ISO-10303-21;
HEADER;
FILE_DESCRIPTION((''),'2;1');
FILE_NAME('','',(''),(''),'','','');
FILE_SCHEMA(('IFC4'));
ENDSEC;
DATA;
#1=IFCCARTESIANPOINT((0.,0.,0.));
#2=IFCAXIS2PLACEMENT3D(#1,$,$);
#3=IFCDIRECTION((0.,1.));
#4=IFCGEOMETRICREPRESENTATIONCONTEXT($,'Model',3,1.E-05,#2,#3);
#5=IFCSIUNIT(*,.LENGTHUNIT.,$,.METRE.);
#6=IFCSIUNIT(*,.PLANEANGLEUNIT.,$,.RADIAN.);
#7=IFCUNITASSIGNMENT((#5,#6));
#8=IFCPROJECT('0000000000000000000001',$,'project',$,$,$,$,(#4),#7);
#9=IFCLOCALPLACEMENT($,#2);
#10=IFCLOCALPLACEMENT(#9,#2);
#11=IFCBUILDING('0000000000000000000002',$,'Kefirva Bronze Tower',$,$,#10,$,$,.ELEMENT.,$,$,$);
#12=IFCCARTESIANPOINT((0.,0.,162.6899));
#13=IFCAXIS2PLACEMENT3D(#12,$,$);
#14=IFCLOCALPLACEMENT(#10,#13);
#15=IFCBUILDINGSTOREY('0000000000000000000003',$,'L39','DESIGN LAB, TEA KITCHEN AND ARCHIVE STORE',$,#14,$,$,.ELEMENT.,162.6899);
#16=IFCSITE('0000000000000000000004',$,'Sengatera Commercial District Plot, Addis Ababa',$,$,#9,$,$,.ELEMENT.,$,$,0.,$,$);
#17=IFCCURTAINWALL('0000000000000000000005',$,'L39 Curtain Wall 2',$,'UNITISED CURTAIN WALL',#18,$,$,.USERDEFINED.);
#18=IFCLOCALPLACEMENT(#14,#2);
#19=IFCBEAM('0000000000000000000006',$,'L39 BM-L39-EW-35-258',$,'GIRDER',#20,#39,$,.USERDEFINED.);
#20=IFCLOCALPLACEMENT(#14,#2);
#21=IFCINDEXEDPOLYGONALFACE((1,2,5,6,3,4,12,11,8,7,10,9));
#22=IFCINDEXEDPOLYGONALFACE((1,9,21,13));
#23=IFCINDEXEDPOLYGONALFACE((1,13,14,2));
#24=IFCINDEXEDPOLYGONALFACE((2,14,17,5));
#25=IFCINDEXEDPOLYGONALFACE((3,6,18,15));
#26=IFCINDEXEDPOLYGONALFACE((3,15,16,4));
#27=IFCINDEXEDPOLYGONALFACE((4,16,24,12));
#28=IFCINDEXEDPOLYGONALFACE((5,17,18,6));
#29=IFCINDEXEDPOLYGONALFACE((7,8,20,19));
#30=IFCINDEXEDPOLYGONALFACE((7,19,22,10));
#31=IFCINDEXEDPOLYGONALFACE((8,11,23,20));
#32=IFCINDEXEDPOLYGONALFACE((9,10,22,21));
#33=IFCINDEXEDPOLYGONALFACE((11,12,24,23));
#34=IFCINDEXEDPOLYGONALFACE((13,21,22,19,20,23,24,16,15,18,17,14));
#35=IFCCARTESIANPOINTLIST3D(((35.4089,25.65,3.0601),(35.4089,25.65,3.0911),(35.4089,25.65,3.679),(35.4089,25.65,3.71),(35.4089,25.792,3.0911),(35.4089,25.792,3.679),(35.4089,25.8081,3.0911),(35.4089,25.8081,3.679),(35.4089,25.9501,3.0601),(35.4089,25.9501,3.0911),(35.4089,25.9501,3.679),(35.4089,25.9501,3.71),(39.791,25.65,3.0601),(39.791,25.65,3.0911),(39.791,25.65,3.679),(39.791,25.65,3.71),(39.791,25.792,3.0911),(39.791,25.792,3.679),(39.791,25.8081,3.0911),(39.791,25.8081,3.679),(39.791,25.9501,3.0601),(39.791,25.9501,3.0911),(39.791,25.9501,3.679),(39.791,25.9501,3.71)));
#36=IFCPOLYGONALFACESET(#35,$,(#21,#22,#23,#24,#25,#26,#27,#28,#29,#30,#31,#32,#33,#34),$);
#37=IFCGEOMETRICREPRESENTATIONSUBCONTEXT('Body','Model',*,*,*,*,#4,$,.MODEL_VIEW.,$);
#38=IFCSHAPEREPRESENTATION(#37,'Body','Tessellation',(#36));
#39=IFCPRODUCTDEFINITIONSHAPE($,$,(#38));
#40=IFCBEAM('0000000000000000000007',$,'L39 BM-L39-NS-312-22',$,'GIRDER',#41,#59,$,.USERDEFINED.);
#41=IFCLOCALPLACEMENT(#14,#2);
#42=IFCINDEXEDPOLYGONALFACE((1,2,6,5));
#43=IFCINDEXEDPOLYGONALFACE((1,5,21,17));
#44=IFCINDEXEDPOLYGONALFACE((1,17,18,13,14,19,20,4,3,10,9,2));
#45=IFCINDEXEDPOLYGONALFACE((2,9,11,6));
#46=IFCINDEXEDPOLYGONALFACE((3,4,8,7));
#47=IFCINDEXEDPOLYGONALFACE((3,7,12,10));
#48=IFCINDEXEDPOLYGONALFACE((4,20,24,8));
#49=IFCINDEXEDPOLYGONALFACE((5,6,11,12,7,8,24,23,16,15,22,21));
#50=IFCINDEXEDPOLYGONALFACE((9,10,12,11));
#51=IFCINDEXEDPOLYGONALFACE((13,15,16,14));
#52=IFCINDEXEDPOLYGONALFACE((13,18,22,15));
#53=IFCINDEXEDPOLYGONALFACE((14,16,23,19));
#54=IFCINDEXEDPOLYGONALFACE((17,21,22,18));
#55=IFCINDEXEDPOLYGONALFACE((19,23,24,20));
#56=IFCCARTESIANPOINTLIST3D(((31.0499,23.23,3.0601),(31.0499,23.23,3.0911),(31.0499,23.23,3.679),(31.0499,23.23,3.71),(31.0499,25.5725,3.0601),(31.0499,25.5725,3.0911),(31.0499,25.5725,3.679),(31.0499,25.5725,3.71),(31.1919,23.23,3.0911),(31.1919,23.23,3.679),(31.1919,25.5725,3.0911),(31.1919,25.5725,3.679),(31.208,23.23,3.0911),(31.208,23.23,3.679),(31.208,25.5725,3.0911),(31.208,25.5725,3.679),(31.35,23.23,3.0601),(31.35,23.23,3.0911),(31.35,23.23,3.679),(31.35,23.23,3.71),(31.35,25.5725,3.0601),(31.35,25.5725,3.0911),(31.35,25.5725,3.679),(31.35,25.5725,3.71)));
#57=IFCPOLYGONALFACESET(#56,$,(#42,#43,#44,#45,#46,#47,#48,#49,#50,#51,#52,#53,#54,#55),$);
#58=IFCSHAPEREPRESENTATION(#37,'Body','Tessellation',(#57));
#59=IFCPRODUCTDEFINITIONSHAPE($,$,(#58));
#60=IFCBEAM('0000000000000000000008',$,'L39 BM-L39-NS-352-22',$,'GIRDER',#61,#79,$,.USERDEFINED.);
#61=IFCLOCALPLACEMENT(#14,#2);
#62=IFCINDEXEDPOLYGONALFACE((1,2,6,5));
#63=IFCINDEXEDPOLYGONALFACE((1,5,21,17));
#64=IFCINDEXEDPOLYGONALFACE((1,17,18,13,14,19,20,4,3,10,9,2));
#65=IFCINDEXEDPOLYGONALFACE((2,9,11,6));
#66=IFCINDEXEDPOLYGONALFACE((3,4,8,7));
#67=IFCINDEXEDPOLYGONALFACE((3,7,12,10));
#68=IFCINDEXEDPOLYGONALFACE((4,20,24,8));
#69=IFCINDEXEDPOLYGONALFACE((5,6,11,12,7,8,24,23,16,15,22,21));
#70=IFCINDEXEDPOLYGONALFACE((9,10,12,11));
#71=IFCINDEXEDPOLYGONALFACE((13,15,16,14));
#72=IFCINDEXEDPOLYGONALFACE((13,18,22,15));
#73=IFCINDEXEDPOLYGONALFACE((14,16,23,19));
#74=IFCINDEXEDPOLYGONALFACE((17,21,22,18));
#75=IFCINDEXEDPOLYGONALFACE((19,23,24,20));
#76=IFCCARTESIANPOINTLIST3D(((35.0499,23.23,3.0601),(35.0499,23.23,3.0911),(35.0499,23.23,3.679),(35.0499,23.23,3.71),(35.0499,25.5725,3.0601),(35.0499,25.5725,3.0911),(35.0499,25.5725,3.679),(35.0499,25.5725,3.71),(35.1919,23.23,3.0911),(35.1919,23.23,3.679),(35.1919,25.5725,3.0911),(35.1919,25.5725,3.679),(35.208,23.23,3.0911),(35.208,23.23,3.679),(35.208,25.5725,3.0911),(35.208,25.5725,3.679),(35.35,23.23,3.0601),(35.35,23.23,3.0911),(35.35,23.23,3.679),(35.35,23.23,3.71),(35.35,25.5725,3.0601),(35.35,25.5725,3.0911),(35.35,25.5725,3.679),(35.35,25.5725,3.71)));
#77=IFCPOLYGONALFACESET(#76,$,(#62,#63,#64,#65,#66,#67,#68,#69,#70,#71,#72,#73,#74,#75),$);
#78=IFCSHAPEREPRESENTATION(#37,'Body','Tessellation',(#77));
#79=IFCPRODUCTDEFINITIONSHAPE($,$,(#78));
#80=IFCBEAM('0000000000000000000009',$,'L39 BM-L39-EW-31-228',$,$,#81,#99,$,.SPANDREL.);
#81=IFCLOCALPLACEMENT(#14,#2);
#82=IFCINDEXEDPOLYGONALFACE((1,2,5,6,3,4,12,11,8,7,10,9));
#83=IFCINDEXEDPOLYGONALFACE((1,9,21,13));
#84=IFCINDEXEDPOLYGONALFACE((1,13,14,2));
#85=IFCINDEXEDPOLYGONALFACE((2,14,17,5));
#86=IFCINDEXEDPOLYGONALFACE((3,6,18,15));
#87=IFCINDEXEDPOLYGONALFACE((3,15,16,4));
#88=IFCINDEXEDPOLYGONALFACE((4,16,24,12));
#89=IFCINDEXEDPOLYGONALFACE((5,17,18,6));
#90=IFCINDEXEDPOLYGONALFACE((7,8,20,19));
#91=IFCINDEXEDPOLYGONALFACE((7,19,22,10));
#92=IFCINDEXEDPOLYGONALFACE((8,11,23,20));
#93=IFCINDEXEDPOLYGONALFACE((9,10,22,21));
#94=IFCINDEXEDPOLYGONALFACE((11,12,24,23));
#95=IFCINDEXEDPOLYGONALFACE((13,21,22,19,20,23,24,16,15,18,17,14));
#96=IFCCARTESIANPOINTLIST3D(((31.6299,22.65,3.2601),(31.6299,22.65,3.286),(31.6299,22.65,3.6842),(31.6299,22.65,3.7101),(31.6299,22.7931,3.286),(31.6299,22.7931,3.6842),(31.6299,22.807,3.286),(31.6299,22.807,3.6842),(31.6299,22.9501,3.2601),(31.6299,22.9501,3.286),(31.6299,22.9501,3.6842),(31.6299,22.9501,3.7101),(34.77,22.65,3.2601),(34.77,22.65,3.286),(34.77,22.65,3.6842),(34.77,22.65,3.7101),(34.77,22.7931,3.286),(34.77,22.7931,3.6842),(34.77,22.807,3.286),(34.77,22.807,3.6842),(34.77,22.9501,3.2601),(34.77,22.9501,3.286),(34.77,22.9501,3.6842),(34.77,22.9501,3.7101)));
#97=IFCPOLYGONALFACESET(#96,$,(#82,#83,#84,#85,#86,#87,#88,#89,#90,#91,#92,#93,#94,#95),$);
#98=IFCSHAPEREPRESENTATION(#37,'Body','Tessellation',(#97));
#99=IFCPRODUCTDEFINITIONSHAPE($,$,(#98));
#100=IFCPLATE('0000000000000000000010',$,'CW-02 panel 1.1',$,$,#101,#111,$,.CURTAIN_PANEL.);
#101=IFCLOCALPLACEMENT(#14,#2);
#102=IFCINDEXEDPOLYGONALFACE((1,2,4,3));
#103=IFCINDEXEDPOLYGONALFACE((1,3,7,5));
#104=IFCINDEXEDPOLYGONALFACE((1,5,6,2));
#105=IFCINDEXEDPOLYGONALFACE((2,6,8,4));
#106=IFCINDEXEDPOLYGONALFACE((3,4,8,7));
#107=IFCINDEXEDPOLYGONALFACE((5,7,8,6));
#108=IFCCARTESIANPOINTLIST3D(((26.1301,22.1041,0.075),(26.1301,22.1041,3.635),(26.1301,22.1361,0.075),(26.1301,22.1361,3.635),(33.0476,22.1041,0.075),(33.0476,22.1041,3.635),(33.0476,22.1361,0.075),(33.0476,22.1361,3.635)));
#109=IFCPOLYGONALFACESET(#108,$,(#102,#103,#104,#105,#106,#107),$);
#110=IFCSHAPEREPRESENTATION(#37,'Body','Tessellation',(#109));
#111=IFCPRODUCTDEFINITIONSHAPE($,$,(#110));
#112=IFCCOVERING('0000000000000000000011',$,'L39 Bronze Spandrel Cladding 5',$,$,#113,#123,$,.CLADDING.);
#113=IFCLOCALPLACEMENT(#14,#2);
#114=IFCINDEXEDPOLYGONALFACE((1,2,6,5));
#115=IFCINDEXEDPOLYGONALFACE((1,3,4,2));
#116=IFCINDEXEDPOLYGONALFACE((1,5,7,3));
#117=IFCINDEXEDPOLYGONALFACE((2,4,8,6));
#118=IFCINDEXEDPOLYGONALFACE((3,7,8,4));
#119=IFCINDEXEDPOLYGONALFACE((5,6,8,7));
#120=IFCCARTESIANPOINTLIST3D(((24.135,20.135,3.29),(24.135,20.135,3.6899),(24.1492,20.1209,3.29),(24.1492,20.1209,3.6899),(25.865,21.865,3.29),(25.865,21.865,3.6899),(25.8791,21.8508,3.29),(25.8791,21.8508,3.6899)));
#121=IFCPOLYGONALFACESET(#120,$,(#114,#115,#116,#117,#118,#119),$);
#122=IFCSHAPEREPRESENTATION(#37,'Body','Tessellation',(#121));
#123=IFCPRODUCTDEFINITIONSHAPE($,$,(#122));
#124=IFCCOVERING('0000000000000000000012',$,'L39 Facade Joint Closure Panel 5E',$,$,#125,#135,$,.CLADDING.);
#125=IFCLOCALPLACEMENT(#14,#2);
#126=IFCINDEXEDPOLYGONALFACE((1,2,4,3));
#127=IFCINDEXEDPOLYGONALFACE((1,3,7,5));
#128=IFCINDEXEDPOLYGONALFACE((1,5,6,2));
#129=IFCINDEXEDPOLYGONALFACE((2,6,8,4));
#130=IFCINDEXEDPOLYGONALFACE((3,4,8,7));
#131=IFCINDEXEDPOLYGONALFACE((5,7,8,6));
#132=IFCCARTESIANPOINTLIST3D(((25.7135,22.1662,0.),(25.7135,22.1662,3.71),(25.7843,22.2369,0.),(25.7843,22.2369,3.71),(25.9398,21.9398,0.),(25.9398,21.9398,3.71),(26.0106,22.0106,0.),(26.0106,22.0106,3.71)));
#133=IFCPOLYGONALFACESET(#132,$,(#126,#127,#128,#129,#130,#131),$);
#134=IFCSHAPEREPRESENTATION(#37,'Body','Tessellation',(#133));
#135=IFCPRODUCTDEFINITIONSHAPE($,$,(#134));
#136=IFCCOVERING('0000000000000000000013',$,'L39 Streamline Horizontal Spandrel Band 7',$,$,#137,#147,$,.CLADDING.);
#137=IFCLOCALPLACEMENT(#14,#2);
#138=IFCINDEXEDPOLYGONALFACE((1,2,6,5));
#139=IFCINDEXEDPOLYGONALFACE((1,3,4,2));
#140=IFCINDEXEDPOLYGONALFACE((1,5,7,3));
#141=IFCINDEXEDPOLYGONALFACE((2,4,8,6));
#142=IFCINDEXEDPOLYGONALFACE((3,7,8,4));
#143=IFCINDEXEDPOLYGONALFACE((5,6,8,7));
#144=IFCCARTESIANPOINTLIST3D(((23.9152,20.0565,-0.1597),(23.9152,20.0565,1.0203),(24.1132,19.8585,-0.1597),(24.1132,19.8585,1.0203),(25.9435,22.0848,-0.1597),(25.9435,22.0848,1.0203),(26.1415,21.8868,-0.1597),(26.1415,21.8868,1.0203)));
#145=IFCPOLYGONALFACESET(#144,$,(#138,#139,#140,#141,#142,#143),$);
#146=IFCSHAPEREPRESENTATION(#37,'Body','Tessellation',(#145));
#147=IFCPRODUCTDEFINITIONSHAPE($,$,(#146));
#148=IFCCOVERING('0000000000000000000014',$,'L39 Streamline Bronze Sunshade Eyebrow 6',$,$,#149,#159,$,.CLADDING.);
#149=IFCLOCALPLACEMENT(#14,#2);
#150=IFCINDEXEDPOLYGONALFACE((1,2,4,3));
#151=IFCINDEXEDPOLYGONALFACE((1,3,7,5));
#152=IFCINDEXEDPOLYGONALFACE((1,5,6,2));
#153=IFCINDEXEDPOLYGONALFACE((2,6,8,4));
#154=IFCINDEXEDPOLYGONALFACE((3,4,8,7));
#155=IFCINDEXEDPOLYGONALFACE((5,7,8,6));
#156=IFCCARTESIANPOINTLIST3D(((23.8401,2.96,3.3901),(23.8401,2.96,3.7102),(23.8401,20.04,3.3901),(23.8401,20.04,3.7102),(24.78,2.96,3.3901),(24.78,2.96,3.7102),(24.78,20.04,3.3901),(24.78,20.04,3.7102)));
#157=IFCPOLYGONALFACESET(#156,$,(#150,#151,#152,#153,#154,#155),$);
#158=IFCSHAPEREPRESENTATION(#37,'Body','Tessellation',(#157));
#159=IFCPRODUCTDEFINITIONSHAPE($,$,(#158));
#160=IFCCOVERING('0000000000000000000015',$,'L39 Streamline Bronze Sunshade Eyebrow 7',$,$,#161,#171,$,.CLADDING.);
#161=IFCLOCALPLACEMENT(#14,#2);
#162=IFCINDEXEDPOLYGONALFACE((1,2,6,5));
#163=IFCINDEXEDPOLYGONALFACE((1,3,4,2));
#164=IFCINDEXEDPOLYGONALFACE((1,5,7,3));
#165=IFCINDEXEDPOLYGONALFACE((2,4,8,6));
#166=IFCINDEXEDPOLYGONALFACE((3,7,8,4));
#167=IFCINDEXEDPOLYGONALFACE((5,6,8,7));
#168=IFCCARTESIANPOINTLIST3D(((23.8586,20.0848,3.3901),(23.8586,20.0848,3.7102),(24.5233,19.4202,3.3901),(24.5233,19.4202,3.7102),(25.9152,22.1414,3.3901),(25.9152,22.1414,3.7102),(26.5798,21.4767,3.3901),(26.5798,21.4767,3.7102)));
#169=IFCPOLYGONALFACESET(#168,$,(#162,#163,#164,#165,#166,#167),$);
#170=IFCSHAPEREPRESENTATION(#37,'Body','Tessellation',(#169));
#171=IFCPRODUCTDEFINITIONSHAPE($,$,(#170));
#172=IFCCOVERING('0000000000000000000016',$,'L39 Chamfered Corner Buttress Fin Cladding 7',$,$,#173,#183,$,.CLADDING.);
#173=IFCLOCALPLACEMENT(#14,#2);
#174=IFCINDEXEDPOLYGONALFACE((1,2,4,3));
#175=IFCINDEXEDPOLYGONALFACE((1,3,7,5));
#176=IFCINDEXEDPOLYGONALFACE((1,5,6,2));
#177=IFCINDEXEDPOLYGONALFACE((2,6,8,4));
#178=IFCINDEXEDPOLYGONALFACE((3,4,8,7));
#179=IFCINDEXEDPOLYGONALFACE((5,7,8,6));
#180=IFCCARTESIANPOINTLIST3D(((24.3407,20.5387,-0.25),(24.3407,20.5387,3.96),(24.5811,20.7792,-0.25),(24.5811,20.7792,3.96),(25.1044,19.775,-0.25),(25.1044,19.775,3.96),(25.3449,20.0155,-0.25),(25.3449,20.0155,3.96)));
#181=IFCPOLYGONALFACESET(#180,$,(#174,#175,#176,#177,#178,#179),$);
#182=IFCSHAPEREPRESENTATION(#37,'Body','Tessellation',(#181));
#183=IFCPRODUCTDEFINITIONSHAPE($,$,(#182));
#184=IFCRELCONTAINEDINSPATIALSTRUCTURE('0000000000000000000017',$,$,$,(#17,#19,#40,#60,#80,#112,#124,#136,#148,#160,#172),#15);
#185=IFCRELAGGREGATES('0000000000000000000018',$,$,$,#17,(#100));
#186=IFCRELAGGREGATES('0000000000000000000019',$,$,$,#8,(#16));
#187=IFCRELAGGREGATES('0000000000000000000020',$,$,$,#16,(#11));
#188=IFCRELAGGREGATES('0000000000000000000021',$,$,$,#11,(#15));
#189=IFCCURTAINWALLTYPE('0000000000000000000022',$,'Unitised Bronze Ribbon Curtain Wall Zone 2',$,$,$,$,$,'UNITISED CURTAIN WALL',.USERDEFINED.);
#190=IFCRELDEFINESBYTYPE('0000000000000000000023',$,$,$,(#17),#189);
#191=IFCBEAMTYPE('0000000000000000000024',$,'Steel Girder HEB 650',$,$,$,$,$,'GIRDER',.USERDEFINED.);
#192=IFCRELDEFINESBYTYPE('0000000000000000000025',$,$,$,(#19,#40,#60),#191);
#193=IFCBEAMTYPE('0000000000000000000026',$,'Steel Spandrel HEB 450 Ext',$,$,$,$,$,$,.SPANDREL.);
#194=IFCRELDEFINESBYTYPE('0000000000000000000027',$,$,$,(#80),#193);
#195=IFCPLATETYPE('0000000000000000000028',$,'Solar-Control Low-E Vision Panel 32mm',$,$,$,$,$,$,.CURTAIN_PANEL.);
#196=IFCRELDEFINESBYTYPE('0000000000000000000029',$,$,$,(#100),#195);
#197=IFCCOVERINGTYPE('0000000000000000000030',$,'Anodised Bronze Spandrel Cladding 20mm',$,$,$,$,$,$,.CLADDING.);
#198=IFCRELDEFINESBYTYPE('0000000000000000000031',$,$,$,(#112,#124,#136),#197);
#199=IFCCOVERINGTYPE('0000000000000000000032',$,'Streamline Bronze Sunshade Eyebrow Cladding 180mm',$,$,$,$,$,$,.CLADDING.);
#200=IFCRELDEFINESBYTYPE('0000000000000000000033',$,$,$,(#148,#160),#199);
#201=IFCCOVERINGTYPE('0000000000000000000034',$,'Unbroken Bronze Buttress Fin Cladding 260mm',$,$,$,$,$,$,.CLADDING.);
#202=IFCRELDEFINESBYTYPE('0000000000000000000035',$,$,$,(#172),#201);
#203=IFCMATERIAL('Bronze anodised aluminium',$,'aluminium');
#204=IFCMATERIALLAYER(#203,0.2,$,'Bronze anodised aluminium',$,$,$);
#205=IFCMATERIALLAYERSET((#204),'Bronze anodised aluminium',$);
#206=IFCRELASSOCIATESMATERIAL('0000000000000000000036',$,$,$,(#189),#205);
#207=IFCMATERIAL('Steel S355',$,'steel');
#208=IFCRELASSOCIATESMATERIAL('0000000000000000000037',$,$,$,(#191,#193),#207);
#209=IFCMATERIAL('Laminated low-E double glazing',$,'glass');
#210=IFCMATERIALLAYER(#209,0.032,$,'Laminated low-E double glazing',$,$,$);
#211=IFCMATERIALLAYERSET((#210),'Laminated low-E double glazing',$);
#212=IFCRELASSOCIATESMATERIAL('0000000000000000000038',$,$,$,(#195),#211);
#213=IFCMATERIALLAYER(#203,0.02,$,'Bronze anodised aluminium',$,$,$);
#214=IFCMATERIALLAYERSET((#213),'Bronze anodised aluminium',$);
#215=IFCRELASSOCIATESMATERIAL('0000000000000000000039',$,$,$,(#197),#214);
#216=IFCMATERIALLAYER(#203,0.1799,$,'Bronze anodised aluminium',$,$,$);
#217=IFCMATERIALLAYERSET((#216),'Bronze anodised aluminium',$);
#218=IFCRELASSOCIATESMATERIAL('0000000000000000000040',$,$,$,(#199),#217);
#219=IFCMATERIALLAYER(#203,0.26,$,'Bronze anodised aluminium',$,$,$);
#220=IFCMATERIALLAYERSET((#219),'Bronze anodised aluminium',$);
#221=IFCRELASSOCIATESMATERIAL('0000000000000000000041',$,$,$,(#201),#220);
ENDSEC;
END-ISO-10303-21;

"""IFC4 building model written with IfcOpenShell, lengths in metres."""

from ifc_helpers import new_model, si_unit, direction, frame, origin, origin_2d, place, context, subcontext, project, spatial, rectangle, i_section, extrude, material, layer, layer_set, material_profile, profile_set, type_object, element, aggregate, save


model = new_model("IFC4")

# Units and contexts
model_context = context("Model", 3, precision=1e-05, world=origin(), true_north=direction((0.0, 1.0)))
body_context = subcontext(model_context, "Body", "Model", "MODEL_VIEW")
ifc_project = project(units=[si_unit("LENGTHUNIT", "METRE"), si_unit("PLANEANGLEUNIT", "RADIAN")], contexts=[model_context])

# Site, building, storey
site_placement = place(None, origin())
site = spatial("IfcSite", under=ifc_project, at=site_placement, Name="Sengatera Commercial District Plot, Addis Ababa", CompositionType="ELEMENT", RefElevation=0.0)
building_placement = place(site_placement, origin())
building = spatial("IfcBuilding", under=site, at=building_placement, Name="Kefirva Bronze Tower", CompositionType="ELEMENT")
storey_placement = place(building_placement, frame((0.0, 0.0, 162.6899)))
storey = spatial("IfcBuildingStorey", under=building, at=storey_placement, Name="L39", Description="DESIGN LAB, TEA KITCHEN AND ARCHIVE STORE", CompositionType="ELEMENT", Elevation=162.6899)

# Curtain wall
ifc_material_1 = material(Name="Bronze anodised aluminium", Category="aluminium")
ifc_layer_1 = layer(ifc_material_1, 0.2, Name="Bronze anodised aluminium")
ifc_layer_set_1 = layer_set([ifc_layer_1], Name="Bronze anodised aluminium")
curtain_wall_type = type_object("IfcCurtainWallType", Name="Unitised Bronze Ribbon Curtain Wall Zone 2", ElementType="UNITISED CURTAIN WALL", PredefinedType="USERDEFINED", material=ifc_layer_set_1)
curtain_wall_placement = place(storey_placement, origin())
curtain_wall = element("IfcCurtainWall", 1, at=curtain_wall_placement, inside=storey, type_object=curtain_wall_type, Name="L39 Curtain Wall 2", ObjectType="UNITISED CURTAIN WALL", PredefinedType="USERDEFINED")

# Beams
ifc_material_2 = material(Name="Steel S355", Category="steel")
ifc_material_profile_1 = material_profile(ifc_material_2, i_section(OverallWidth=0.3, OverallDepth=0.6499, WebThickness=0.0161, FlangeThickness=0.031, at=origin_2d()), Name="HEB 650")
ifc_profile_set_1 = profile_set([ifc_material_profile_1], Name="Steel S355")
beam_type_1 = type_object("IfcBeamType", Name="Steel Girder HEB 650", ElementType="GIRDER", PredefinedType="USERDEFINED", material=ifc_profile_set_1)
beam_1_placement = place(storey_placement, frame((35.4089, 25.8, 3.385), z_axis=(1.0, 0.0, 0.0), x_axis=(0.0, 1.0, 0.0)))
element("IfcBeam", 2, at=beam_1_placement, inside=storey, type_object=beam_type_1, Name="L39 BM-L39-EW-35-258", ObjectType="GIRDER", PredefinedType="USERDEFINED", context=body_context, shape_type="SweptSolid", body=[
    extrude(i_section(OverallWidth=0.3, OverallDepth=0.6499, WebThickness=0.0161, FlangeThickness=0.031, at=origin_2d()), origin(), (0.0, 0.0, 1.0), 4.3821),
])
for number, where, z_axis, x_axis, name in (
    (3, (31.2, 23.23, 3.385), (0.0, 1.0, 0.0), (-1.0, 0.0, 0.0), "L39 BM-L39-NS-312-22"),
    (4, (35.2, 23.23, 3.385), (0.0, 1.0, 0.0), (-1.0, 0.0, 0.0), "L39 BM-L39-NS-352-22"),
):
    element("IfcBeam", number, at=place(storey_placement, frame(where, z_axis=z_axis, x_axis=x_axis)), inside=storey, type_object=beam_type_1, Name=name, ObjectType="GIRDER", PredefinedType="USERDEFINED", context=body_context, shape_type="SweptSolid", body=[
        extrude(i_section(OverallWidth=0.3, OverallDepth=0.6499, WebThickness=0.0161, FlangeThickness=0.031, at=origin_2d()), origin(), (0.0, 0.0, 1.0), 2.3425),
    ])
ifc_material_profile_2 = material_profile(ifc_material_2, i_section(OverallWidth=0.3, OverallDepth=0.45, WebThickness=0.0139, FlangeThickness=0.0259, at=origin_2d()), Name="HEB 450")
ifc_profile_set_2 = profile_set([ifc_material_profile_2], Name="Steel S355")
beam_type_2 = type_object("IfcBeamType", Name="Steel Spandrel HEB 450 Ext", PredefinedType="SPANDREL", material=ifc_profile_set_2)
beam_2_placement = place(storey_placement, frame((31.6299, 22.8, 3.4851), z_axis=(1.0, 0.0, 0.0), x_axis=(0.0, 1.0, 0.0)))
element("IfcBeam", 5, at=beam_2_placement, inside=storey, type_object=beam_type_2, Name="L39 BM-L39-EW-31-228", PredefinedType="SPANDREL", context=body_context, shape_type="SweptSolid", body=[
    extrude(i_section(OverallWidth=0.3, OverallDepth=0.45, WebThickness=0.0139, FlangeThickness=0.0259, at=origin_2d()), origin(), (0.0, 0.0, 1.0), 3.1401),
])

# Plate
ifc_material_3 = material(Name="Laminated low-E double glazing", Category="glass")
ifc_layer_2 = layer(ifc_material_3, 0.032, Name="Laminated low-E double glazing")
ifc_layer_set_2 = layer_set([ifc_layer_2], Name="Laminated low-E double glazing")
plate_type = type_object("IfcPlateType", Name="Solar-Control Low-E Vision Panel 32mm", PredefinedType="CURTAIN_PANEL", material=ifc_layer_set_2)
plate_placement = place(storey_placement, frame((29.5889, 22.1201, 0.075), z_axis=(0.0, 0.0, 1.0), x_axis=(1.0, 0.0, 0.0)))
plate = element("IfcPlate", 6, at=plate_placement, type_object=plate_type, Name="CW-02 panel 1.1", PredefinedType="CURTAIN_PANEL", context=body_context, shape_type="SweptSolid", body=[
    extrude(rectangle(XDim=6.9175, YDim=0.032, at=origin_2d()), origin(), (0.0, 0.0, 1.0), 3.5601),
])
aggregate(curtain_wall, [plate])

# Coverings
ifc_layer_3 = layer(ifc_material_1, 0.02, Name="Bronze anodised aluminium")
ifc_layer_set_3 = layer_set([ifc_layer_3], Name="Bronze anodised aluminium")
covering_type_1 = type_object("IfcCoveringType", Name="Anodised Bronze Spandrel Cladding 20mm", PredefinedType="CLADDING", material=ifc_layer_set_3)
covering_1_placement = place(storey_placement, frame((25.0071, 20.9929, 3.29), z_axis=(0.0, 0.0, 1.0), x_axis=(0.707107, 0.707107, 0.0)))
element("IfcCovering", 7, at=covering_1_placement, inside=storey, type_object=covering_type_1, Name="L39 Bronze Spandrel Cladding 5", PredefinedType="CLADDING", context=body_context, shape_type="SweptSolid", body=[
    extrude(rectangle(XDim=2.4465, YDim=0.02, at=origin_2d()), origin(), (0.0, 0.0, 1.0), 0.3999),
])
covering_2_placement = place(storey_placement, frame((25.8621, 22.0884, 0.0), z_axis=(0.0, 0.0, 1.0), x_axis=(0.707107, 0.707107, 0.0)))
element("IfcCovering", 8, at=covering_2_placement, inside=storey, type_object=covering_type_1, Name="L39 Facade Joint Closure Panel 5E", PredefinedType="CLADDING", context=body_context, shape_type="SweptSolid", body=[
    extrude(rectangle(XDim=0.1001, YDim=0.3201, at=origin_2d()), origin(), (0.0, 0.0, 1.0), 3.71),
])
covering_3_placement = place(storey_placement, frame((25.0283, 20.9717, -0.1597), z_axis=(0.0, 0.0, 1.0), x_axis=(0.707107, 0.707107, 0.0)))
element("IfcCovering", 9, at=covering_3_placement, inside=storey, type_object=covering_type_1, Name="L39 Streamline Horizontal Spandrel Band 7", PredefinedType="CLADDING", context=body_context, shape_type="SweptSolid", body=[
    extrude(rectangle(XDim=2.8684, YDim=0.28, at=origin_2d()), origin(), (0.0, 0.0, 1.0), 1.1799),
])
ifc_layer_4 = layer(ifc_material_1, 0.1799, Name="Bronze anodised aluminium")
ifc_layer_set_4 = layer_set([ifc_layer_4], Name="Bronze anodised aluminium")
covering_type_2 = type_object("IfcCoveringType", Name="Streamline Bronze Sunshade Eyebrow Cladding 180mm", PredefinedType="CLADDING", material=ifc_layer_set_4)
covering_4_placement = place(storey_placement, frame((24.3101, 11.5, 3.3901), z_axis=(0.0, 0.0, 1.0), x_axis=(0.0, 1.0, 0.0)))
element("IfcCovering", 10, at=covering_4_placement, inside=storey, type_object=covering_type_2, Name="L39 Streamline Bronze Sunshade Eyebrow 6", PredefinedType="CLADDING", context=body_context, shape_type="SweptSolid", body=[
    extrude(rectangle(XDim=17.0801, YDim=0.9399, at=origin_2d()), origin(), (0.0, 0.0, 1.0), 0.3201),
])
covering_5_placement = place(storey_placement, frame((25.2192, 20.7808, 3.3901), z_axis=(0.0, 0.0, 1.0), x_axis=(0.707107, 0.707107, 0.0)))
element("IfcCovering", 11, at=covering_5_placement, inside=storey, type_object=covering_type_2, Name="L39 Streamline Bronze Sunshade Eyebrow 7", PredefinedType="CLADDING", context=body_context, shape_type="SweptSolid", body=[
    extrude(rectangle(XDim=2.9084, YDim=0.9399, at=origin_2d()), origin(), (0.0, 0.0, 1.0), 0.3201),
])
ifc_layer_5 = layer(ifc_material_1, 0.26, Name="Bronze anodised aluminium")
ifc_layer_set_5 = layer_set([ifc_layer_5], Name="Bronze anodised aluminium")
covering_type_3 = type_object("IfcCoveringType", Name="Unbroken Bronze Buttress Fin Cladding 260mm", PredefinedType="CLADDING", material=ifc_layer_set_5)
for number, where, z_axis, x_axis, name in (
    (12, (24.8428, 20.2771, -0.25), (0.0, 0.0, 1.0), (0.707107, 0.707107, 0.0), "L39 Chamfered Corner Buttress Fin Cladding 7"),
):
    element("IfcCovering", number, at=place(storey_placement, frame(where, z_axis=z_axis, x_axis=x_axis)), inside=storey, type_object=covering_type_3, Name=name, PredefinedType="CLADDING", context=body_context, shape_type="SweptSolid", body=[
        extrude(rectangle(XDim=0.3401, YDim=1.0801, at=origin_2d()), origin(), (0.0, 0.0, 1.0), 4.21),
    ])

save(model, "model.ifc")
